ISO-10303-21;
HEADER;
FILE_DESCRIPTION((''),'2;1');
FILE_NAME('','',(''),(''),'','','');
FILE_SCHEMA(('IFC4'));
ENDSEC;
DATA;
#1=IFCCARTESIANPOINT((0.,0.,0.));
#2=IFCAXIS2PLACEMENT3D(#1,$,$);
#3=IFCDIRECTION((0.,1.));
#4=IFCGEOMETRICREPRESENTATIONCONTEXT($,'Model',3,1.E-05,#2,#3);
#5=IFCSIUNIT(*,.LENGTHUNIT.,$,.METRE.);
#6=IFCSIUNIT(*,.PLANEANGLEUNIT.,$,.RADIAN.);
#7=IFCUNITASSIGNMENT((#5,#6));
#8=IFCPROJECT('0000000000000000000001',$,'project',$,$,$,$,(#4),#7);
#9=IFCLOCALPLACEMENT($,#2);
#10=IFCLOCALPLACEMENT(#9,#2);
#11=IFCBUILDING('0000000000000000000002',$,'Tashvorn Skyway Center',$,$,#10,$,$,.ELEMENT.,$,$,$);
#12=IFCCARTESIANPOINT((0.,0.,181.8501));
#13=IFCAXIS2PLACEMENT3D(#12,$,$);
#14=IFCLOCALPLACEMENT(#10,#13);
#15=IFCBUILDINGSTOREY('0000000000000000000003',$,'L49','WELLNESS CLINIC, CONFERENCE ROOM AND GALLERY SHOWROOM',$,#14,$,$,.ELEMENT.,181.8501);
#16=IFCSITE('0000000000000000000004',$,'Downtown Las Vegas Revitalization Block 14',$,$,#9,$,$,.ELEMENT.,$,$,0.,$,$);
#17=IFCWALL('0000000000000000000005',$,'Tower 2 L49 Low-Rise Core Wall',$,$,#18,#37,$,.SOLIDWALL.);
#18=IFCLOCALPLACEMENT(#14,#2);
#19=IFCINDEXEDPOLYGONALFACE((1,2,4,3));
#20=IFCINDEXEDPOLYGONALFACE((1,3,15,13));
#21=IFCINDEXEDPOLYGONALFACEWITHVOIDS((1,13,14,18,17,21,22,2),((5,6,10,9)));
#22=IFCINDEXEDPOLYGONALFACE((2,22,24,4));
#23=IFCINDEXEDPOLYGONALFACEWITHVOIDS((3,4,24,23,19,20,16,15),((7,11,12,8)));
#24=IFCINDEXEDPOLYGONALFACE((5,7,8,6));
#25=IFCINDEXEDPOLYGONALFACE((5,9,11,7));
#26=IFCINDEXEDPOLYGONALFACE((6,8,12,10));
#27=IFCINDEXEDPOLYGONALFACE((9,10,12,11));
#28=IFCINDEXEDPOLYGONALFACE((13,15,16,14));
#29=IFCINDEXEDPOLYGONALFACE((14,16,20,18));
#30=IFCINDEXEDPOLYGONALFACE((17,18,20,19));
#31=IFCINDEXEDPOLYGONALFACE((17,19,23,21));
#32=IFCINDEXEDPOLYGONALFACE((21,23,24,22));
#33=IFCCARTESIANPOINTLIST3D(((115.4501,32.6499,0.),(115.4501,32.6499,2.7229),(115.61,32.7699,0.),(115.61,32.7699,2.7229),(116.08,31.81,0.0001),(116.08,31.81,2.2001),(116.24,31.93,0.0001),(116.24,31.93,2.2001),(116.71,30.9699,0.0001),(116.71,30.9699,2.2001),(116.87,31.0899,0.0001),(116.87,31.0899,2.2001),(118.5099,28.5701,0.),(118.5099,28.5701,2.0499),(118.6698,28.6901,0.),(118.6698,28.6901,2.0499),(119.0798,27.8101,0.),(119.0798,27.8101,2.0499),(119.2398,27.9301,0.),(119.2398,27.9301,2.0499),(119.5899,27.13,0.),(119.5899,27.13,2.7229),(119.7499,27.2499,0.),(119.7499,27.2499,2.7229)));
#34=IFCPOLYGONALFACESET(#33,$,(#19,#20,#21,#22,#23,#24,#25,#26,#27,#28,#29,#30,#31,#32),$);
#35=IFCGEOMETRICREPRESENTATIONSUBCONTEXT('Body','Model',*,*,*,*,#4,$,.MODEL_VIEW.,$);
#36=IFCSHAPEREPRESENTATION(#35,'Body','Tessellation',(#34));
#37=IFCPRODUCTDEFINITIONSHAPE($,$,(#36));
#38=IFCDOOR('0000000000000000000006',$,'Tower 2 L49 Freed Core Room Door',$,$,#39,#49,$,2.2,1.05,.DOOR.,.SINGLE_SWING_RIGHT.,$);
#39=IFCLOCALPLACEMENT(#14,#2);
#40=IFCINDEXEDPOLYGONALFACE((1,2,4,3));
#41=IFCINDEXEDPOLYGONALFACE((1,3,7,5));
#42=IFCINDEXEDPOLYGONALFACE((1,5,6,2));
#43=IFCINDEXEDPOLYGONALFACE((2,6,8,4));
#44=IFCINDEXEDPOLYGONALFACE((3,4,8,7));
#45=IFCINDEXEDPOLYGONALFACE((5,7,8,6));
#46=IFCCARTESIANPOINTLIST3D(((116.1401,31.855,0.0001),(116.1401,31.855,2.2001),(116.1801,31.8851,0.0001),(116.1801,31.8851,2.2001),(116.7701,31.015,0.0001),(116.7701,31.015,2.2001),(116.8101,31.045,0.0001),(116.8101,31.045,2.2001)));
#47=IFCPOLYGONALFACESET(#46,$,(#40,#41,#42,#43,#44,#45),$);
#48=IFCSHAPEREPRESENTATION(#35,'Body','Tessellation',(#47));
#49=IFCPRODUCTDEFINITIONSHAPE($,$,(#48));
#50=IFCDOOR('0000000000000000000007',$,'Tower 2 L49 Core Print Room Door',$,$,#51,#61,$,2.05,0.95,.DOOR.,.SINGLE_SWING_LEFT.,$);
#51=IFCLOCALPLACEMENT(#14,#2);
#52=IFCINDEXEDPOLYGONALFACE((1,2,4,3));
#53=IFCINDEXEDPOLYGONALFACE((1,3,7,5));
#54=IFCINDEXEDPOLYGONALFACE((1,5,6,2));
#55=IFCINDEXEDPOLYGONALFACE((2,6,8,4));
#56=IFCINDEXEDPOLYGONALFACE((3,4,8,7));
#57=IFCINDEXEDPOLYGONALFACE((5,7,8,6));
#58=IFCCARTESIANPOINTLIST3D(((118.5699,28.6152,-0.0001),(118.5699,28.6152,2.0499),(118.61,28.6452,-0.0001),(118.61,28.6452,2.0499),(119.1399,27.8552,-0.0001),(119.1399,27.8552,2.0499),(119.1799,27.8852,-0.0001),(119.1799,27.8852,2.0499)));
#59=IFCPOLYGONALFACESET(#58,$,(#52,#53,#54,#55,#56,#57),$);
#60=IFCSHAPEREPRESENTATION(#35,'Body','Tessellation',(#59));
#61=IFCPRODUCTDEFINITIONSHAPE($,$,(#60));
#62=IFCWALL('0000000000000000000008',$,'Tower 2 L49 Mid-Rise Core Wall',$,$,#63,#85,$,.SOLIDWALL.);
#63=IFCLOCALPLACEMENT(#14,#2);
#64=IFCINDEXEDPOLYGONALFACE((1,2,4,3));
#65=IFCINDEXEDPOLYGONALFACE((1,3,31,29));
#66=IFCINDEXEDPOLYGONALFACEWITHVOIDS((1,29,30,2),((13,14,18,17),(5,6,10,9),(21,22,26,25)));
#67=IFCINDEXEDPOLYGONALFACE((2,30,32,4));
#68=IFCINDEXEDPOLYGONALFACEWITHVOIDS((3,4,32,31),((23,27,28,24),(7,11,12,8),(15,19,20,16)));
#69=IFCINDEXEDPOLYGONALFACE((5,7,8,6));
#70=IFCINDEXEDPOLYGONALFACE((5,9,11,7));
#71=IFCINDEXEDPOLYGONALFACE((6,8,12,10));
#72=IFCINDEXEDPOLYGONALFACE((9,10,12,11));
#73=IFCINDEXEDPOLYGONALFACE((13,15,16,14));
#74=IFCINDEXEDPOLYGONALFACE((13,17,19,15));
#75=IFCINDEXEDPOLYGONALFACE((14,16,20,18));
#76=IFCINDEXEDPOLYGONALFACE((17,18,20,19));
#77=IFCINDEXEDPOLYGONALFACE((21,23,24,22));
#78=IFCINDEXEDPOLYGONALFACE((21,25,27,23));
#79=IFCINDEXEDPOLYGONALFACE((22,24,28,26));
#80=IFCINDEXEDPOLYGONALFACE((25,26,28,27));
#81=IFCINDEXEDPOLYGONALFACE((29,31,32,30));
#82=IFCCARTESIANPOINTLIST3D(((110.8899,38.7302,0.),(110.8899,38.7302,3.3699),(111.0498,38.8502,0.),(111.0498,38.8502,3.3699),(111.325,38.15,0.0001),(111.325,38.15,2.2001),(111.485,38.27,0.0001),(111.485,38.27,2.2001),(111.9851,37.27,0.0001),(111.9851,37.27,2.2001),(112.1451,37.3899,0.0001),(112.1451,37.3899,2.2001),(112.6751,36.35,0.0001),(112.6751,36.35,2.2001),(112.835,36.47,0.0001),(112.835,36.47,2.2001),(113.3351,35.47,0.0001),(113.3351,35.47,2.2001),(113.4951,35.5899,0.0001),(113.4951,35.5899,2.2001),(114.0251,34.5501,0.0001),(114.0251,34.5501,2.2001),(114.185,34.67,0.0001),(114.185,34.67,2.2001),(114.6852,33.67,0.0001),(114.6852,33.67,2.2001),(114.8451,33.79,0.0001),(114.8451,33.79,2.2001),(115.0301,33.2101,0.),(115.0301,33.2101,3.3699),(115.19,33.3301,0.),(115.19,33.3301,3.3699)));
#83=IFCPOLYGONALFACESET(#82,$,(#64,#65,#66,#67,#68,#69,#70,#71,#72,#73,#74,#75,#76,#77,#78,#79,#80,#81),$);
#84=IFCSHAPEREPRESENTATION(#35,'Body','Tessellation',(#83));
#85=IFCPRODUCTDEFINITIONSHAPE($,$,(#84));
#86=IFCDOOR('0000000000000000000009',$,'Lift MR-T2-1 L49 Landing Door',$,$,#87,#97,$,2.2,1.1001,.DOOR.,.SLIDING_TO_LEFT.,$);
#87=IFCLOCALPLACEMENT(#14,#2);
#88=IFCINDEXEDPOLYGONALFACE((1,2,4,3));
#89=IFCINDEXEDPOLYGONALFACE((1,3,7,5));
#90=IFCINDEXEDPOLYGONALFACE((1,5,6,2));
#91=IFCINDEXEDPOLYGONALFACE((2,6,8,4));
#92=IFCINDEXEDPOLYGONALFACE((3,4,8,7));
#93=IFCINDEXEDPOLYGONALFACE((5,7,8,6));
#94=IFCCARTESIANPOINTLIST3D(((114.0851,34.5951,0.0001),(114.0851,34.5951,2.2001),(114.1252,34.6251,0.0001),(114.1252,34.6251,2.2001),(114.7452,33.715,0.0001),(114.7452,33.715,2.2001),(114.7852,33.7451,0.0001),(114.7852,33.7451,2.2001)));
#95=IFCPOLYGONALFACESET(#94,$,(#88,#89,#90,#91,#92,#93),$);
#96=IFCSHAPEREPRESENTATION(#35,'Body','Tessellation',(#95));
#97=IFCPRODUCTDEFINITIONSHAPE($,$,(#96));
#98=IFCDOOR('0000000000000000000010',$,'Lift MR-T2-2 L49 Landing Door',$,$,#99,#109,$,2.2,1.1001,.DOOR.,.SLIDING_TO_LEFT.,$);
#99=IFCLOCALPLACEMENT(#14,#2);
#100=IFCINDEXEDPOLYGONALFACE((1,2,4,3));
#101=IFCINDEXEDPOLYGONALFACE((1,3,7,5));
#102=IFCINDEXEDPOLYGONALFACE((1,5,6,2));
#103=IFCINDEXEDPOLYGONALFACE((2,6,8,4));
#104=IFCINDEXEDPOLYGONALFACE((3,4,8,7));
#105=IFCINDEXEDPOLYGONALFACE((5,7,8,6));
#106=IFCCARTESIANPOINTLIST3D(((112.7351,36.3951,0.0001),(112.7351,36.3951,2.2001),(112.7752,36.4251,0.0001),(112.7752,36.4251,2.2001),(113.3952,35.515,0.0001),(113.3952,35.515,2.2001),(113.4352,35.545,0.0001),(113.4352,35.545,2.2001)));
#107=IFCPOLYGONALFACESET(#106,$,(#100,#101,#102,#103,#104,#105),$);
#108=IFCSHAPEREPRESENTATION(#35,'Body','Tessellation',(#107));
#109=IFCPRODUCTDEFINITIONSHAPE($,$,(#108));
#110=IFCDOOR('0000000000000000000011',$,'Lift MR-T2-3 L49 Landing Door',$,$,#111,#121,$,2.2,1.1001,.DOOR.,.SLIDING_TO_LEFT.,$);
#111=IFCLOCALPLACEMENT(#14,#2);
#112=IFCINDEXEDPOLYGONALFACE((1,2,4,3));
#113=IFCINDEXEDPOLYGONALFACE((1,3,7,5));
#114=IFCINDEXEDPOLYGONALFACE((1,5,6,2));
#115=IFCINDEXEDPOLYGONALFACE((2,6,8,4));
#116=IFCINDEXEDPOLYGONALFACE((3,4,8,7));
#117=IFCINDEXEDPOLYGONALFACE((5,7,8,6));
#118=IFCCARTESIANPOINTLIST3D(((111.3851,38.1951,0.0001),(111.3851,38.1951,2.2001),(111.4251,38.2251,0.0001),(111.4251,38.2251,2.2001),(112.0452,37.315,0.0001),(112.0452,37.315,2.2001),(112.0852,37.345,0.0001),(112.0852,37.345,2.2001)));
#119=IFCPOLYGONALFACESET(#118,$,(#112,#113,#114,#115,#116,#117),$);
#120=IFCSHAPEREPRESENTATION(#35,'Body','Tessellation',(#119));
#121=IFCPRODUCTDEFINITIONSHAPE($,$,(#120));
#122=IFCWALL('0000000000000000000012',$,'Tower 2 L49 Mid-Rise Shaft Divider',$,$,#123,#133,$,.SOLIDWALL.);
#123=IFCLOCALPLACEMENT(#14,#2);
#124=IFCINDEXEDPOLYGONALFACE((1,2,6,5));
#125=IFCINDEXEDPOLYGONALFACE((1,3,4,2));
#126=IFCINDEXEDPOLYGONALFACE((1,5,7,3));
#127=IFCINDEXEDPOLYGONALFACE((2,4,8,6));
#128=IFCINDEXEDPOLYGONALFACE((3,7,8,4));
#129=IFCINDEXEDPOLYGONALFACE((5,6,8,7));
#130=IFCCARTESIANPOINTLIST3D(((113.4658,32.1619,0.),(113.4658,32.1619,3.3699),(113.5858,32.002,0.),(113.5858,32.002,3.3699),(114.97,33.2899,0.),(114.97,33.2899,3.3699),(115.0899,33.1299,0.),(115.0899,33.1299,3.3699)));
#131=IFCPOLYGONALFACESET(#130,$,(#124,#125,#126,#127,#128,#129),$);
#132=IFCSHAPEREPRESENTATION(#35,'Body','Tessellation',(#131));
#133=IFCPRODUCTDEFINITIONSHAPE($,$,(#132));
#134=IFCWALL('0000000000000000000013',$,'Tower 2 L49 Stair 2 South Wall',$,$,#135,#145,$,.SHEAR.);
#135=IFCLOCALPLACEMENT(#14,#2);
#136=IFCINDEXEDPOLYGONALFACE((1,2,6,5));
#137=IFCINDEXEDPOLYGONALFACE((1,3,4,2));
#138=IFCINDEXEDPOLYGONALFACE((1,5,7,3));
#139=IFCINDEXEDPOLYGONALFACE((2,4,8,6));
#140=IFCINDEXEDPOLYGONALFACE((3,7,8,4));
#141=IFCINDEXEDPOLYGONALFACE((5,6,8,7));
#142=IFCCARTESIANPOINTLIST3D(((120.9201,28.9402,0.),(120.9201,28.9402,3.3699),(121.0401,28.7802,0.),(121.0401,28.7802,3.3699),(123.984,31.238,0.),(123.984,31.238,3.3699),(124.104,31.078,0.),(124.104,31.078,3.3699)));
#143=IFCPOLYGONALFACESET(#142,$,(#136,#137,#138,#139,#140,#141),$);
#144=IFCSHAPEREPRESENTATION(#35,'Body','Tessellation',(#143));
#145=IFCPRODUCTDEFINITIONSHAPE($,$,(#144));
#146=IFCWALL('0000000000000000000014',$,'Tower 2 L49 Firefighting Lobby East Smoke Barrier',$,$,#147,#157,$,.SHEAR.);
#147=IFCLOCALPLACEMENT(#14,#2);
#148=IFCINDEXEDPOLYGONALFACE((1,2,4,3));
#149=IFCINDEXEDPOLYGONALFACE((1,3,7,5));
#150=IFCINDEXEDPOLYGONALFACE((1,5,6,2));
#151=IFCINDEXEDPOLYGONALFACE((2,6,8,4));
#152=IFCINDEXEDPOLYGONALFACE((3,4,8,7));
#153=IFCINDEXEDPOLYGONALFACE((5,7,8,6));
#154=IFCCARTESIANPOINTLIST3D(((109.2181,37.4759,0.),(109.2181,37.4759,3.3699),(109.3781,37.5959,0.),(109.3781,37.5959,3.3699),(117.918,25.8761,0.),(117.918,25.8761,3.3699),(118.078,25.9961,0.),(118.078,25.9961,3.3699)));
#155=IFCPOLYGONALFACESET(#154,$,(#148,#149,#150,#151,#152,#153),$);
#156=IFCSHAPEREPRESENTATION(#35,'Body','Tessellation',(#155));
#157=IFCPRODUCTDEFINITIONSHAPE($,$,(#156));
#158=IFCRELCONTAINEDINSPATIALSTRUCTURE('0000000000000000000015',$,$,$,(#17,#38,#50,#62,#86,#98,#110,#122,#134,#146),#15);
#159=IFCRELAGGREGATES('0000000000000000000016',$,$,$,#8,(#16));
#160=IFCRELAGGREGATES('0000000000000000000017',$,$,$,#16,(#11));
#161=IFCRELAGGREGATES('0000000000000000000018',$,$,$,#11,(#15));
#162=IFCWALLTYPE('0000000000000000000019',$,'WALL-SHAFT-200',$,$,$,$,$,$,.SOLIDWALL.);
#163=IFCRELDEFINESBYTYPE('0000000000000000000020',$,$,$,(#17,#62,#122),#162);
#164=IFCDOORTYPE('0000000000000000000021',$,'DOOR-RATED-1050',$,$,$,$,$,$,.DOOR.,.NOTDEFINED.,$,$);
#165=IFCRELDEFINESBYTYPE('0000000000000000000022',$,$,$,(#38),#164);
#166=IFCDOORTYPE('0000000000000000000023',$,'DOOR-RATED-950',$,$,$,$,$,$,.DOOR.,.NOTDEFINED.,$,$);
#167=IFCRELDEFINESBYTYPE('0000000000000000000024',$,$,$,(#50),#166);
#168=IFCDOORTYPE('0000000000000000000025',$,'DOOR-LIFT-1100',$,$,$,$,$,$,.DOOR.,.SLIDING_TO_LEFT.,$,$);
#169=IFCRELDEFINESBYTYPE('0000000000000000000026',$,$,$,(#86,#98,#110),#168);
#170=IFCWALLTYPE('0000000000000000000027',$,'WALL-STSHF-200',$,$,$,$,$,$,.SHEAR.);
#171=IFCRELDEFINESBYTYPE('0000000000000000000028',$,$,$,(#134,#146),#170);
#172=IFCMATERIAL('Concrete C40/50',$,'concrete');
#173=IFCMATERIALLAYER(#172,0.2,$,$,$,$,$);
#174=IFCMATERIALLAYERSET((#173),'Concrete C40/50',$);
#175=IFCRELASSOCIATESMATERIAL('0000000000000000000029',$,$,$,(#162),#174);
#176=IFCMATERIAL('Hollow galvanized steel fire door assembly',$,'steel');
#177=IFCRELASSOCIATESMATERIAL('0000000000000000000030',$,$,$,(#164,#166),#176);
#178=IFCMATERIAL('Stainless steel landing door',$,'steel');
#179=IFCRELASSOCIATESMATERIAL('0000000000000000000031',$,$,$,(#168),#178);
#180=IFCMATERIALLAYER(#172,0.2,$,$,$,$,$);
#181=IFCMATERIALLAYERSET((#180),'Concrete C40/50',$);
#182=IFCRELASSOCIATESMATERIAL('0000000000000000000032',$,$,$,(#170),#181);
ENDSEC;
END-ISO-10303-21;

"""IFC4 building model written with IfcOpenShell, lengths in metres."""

from ifc_helpers import new_model, si_unit, direction, frame, frame_2d, origin, place, context, subcontext, project, spatial, rectangle, extrude, material, layer, layer_set, type_object, element, fill, save


model = new_model("IFC4")

# Units and contexts
model_context = context("Model", 3, precision=1e-05, world=origin(), true_north=direction((0.0, 1.0)))
body_context = subcontext(model_context, "Body", "Model", "MODEL_VIEW")
ifc_project = project(units=[si_unit("LENGTHUNIT", "METRE"), si_unit("PLANEANGLEUNIT", "RADIAN")], contexts=[model_context])

# Site, building, storey
site_placement = place(None, origin())
site = spatial("IfcSite", under=ifc_project, at=site_placement, Name="Downtown Las Vegas Revitalization Block 14", CompositionType="ELEMENT", RefElevation=0.0)
building_placement = place(site_placement, origin())
building = spatial("IfcBuilding", under=site, at=building_placement, Name="Tashvorn Skyway Center", CompositionType="ELEMENT")
storey_placement = place(building_placement, frame((0.0, 0.0, 181.8501)))
storey = spatial("IfcBuildingStorey", under=building, at=storey_placement, Name="L49", Description="WELLNESS CLINIC, CONFERENCE ROOM AND GALLERY SHOWROOM", CompositionType="ELEMENT", Elevation=181.8501)

# Shared definitions
ifc_material_1 = material(Name="Hollow galvanized steel fire door assembly", Category="steel")

# Walls, openings, doors
ifc_material_2 = material(Name="Concrete C40/50", Category="concrete")
ifc_layer_1 = layer(ifc_material_2, 0.2)
ifc_layer_set_1 = layer_set([ifc_layer_1], Name="Concrete C40/50")
wall_type_1 = type_object("IfcWallType", Name="WALL-SHAFT-200", PredefinedType="SOLIDWALL", material=ifc_layer_set_1)
wall_1_placement = place(storey_placement, frame((119.6699, 27.1899, 0.0), z_axis=(0.0, 0.0, 1.0), x_axis=(-0.599989, 0.800008, 0.0)))
wall_1 = element("IfcWall", 1, at=wall_1_placement, inside=storey, type_object=wall_type_1, Name="Tower 2 L49 Low-Rise Core Wall", PredefinedType="SOLIDWALL", context=body_context, shape_type="SweptSolid", body=[
    extrude(rectangle(XDim=6.8999, YDim=0.2, at=frame_2d((3.45, 0.0))), origin(), (0.0, 0.0, 1.0), 2.7229),
])
opening_1_placement = place(wall_1_placement, frame((0.8501, 0.0, 0.0)))
opening_1 = element("IfcOpeningElement", 2, at=opening_1_placement, cuts=wall_1, PredefinedType="OPENING", context=body_context, shape_type="SweptSolid", body=[
    extrude(rectangle(XDim=0.95, YDim=2.05, at=frame_2d((0.4751, 1.0249))), frame((0.0, 0.1099, 0.0), z_axis=(0.0, -1.0, 0.0), x_axis=(1.0, 0.0, 0.0)), (0.0, 0.0, 1.0), 0.22),
])
opening_2_placement = place(wall_1_placement, frame((4.8, 0.0, 0.0)))
opening_2 = element("IfcOpeningElement", 3, at=opening_2_placement, cuts=wall_1, PredefinedType="OPENING", context=body_context, shape_type="SweptSolid", body=[
    extrude(rectangle(XDim=1.05, YDim=2.2, at=frame_2d((0.5249, 1.1001))), frame((0.0, 0.1099, 0.0), z_axis=(0.0, -1.0, 0.0), x_axis=(1.0, 0.0, 0.0)), (0.0, 0.0, 1.0), 0.22),
])
door_type_1 = type_object("IfcDoorType", Name="DOOR-RATED-1050", OperationType="NOTDEFINED", PredefinedType="DOOR", material=ifc_material_1)
door_1_placement = place(opening_2_placement, origin())
door_1 = element("IfcDoor", 4, at=door_1_placement, inside=storey, type_object=door_type_1, Name="Tower 2 L49 Freed Core Room Door", OperationType="SINGLE_SWING_RIGHT", OverallHeight=2.2, OverallWidth=1.05, PredefinedType="DOOR", context=body_context, shape_type="SweptSolid", body=[
    extrude(rectangle(XDim=1.05, YDim=2.2, at=frame_2d((0.5249, 1.1001))), frame((0.0, 0.0249, 0.0), z_axis=(0.0, -1.0, 0.0), x_axis=(1.0, 0.0, 0.0)), (0.0, 0.0, 1.0), 0.05),
])
fill(opening_2, door_1)
door_type_2 = type_object("IfcDoorType", Name="DOOR-RATED-950", OperationType="NOTDEFINED", PredefinedType="DOOR", material=ifc_material_1)
door_2_placement = place(opening_1_placement, origin())
door_2 = element("IfcDoor", 5, at=door_2_placement, inside=storey, type_object=door_type_2, Name="Tower 2 L49 Core Print Room Door", OperationType="SINGLE_SWING_LEFT", OverallHeight=2.05, OverallWidth=0.95, PredefinedType="DOOR", context=body_context, shape_type="SweptSolid", body=[
    extrude(rectangle(XDim=0.95, YDim=2.05, at=frame_2d((0.4751, 1.0249))), frame((0.0, 0.0249, 0.0), z_axis=(0.0, -1.0, 0.0), x_axis=(1.0, 0.0, 0.0)), (0.0, 0.0, 1.0), 0.05),
])
fill(opening_1, door_2)
wall_2_placement = place(storey_placement, frame((115.1101, 33.27, 0.0), z_axis=(0.0, 0.0, 1.0), x_axis=(-0.600011, 0.799992, 0.0)))
wall_2 = element("IfcWall", 6, at=wall_2_placement, inside=storey, type_object=wall_type_1, Name="Tower 2 L49 Mid-Rise Core Wall", PredefinedType="SOLIDWALL", context=body_context, shape_type="SweptSolid", body=[
    extrude(rectangle(XDim=6.9001, YDim=0.2, at=frame_2d((3.4502, 0.0))), origin(), (0.0, 0.0, 1.0), 3.3699),
])
opening_3_placement = place(wall_2_placement, frame((0.575, 0.0, 0.0)))
opening_3 = element("IfcOpeningElement", 7, at=opening_3_placement, cuts=wall_2, PredefinedType="OPENING", context=body_context, shape_type="SweptSolid", body=[
    extrude(rectangle(XDim=1.1001, YDim=2.2, at=frame_2d((0.55, 1.1001))), frame((0.0, 0.1099, 0.0), z_axis=(0.0, -1.0, 0.0), x_axis=(1.0, 0.0, 0.0)), (0.0, 0.0, 1.0), 0.22),
])
opening_4_placement = place(wall_2_placement, frame((2.825, 0.0, 0.0)))
opening_4 = element("IfcOpeningElement", 8, at=opening_4_placement, cuts=wall_2, PredefinedType="OPENING", context=body_context, shape_type="SweptSolid", body=[
    extrude(rectangle(XDim=1.1001, YDim=2.2, at=frame_2d((0.55, 1.1001))), frame((0.0, 0.1099, 0.0), z_axis=(0.0, -1.0, 0.0), x_axis=(1.0, 0.0, 0.0)), (0.0, 0.0, 1.0), 0.22),
])
opening_5_placement = place(wall_2_placement, frame((5.075, 0.0, 0.0)))
opening_5 = element("IfcOpeningElement", 9, at=opening_5_placement, cuts=wall_2, PredefinedType="OPENING", context=body_context, shape_type="SweptSolid", body=[
    extrude(rectangle(XDim=1.1001, YDim=2.2, at=frame_2d((0.55, 1.1001))), frame((0.0, 0.1099, 0.0), z_axis=(0.0, -1.0, 0.0), x_axis=(1.0, 0.0, 0.0)), (0.0, 0.0, 1.0), 0.22),
])
ifc_material_3 = material(Name="Stainless steel landing door", Category="steel")
door_type_3 = type_object("IfcDoorType", Name="DOOR-LIFT-1100", OperationType="SLIDING_TO_LEFT", PredefinedType="DOOR", material=ifc_material_3)
door_3_placement = place(opening_3_placement, origin())
door_3 = element("IfcDoor", 10, at=door_3_placement, inside=storey, type_object=door_type_3, Name="Lift MR-T2-1 L49 Landing Door", OperationType="SLIDING_TO_LEFT", OverallHeight=2.2, OverallWidth=1.1001, PredefinedType="DOOR", context=body_context, shape_type="SweptSolid", body=[
    extrude(rectangle(XDim=1.1001, YDim=2.2, at=frame_2d((0.55, 1.1001))), frame((0.0, 0.0249, 0.0), z_axis=(0.0, -1.0, 0.0), x_axis=(1.0, 0.0, 0.0)), (0.0, 0.0, 1.0), 0.05),
])
fill(opening_3, door_3)
door_4_placement = place(opening_4_placement, origin())
door_4 = element("IfcDoor", 11, at=door_4_placement, inside=storey, type_object=door_type_3, Name="Lift MR-T2-2 L49 Landing Door", OperationType="SLIDING_TO_LEFT", OverallHeight=2.2, OverallWidth=1.1001, PredefinedType="DOOR", context=body_context, shape_type="SweptSolid", body=[
    extrude(rectangle(XDim=1.1001, YDim=2.2, at=frame_2d((0.55, 1.1001))), frame((0.0, 0.0249, 0.0), z_axis=(0.0, -1.0, 0.0), x_axis=(1.0, 0.0, 0.0)), (0.0, 0.0, 1.0), 0.05),
])
fill(opening_4, door_4)
door_5_placement = place(opening_5_placement, origin())
door_5 = element("IfcDoor", 12, at=door_5_placement, inside=storey, type_object=door_type_3, Name="Lift MR-T2-3 L49 Landing Door", OperationType="SLIDING_TO_LEFT", OverallHeight=2.2, OverallWidth=1.1001, PredefinedType="DOOR", context=body_context, shape_type="SweptSolid", body=[
    extrude(rectangle(XDim=1.1001, YDim=2.2, at=frame_2d((0.55, 1.1001))), frame((0.0, 0.0249, 0.0), z_axis=(0.0, -1.0, 0.0), x_axis=(1.0, 0.0, 0.0)), (0.0, 0.0, 1.0), 0.05),
])
fill(opening_5, door_5)

# Walls
wall_3_placement = place(storey_placement, frame((113.5259, 32.082, 0.0), z_axis=(0.0, 0.0, 1.0), x_axis=(0.800047, 0.599938, 0.0)))
element("IfcWall", 13, at=wall_3_placement, inside=storey, type_object=wall_type_1, Name="Tower 2 L49 Mid-Rise Shaft Divider", PredefinedType="SOLIDWALL", context=body_context, shape_type="SweptSolid", body=[
    extrude(rectangle(XDim=1.8801, YDim=0.2, at=frame_2d((0.9399, 0.0))), origin(), (0.0, 0.0, 1.0), 3.3699),
])
ifc_layer_2 = layer(ifc_material_2, 0.2)
ifc_layer_set_2 = layer_set([ifc_layer_2], Name="Concrete C40/50")
wall_type_2 = type_object("IfcWallType", Name="WALL-STSHF-200", PredefinedType="SHEAR", material=ifc_layer_set_2)
wall_4_placement = place(storey_placement, frame((120.98, 28.8601, 0.0), z_axis=(0.0, 0.0, 1.0), x_axis=(0.800015, 0.59998, 0.0)))
element("IfcWall", 14, at=wall_4_placement, inside=storey, type_object=wall_type_2, Name="Tower 2 L49 Stair 2 South Wall", PredefinedType="SHEAR", context=body_context, shape_type="SweptSolid", body=[
    extrude(rectangle(XDim=3.8298, YDim=0.2, at=frame_2d((1.915, 0.0))), origin(), (0.0, 0.0, 1.0), 3.3699),
])
wall_5_placement = place(storey_placement, frame((117.998, 25.936, 0.0), z_axis=(0.0, 0.0, 1.0), x_axis=(-0.600003, 0.799998, 0.0)))
element("IfcWall", 15, at=wall_5_placement, inside=storey, type_object=wall_type_2, Name="Tower 2 L49 Firefighting Lobby East Smoke Barrier", PredefinedType="SHEAR", context=body_context, shape_type="SweptSolid", body=[
    extrude(rectangle(XDim=14.4998, YDim=0.2, at=frame_2d((7.25, 0.0))), origin(), (0.0, 0.0, 1.0), 3.3699),
])

save(model, "model.ifc")
